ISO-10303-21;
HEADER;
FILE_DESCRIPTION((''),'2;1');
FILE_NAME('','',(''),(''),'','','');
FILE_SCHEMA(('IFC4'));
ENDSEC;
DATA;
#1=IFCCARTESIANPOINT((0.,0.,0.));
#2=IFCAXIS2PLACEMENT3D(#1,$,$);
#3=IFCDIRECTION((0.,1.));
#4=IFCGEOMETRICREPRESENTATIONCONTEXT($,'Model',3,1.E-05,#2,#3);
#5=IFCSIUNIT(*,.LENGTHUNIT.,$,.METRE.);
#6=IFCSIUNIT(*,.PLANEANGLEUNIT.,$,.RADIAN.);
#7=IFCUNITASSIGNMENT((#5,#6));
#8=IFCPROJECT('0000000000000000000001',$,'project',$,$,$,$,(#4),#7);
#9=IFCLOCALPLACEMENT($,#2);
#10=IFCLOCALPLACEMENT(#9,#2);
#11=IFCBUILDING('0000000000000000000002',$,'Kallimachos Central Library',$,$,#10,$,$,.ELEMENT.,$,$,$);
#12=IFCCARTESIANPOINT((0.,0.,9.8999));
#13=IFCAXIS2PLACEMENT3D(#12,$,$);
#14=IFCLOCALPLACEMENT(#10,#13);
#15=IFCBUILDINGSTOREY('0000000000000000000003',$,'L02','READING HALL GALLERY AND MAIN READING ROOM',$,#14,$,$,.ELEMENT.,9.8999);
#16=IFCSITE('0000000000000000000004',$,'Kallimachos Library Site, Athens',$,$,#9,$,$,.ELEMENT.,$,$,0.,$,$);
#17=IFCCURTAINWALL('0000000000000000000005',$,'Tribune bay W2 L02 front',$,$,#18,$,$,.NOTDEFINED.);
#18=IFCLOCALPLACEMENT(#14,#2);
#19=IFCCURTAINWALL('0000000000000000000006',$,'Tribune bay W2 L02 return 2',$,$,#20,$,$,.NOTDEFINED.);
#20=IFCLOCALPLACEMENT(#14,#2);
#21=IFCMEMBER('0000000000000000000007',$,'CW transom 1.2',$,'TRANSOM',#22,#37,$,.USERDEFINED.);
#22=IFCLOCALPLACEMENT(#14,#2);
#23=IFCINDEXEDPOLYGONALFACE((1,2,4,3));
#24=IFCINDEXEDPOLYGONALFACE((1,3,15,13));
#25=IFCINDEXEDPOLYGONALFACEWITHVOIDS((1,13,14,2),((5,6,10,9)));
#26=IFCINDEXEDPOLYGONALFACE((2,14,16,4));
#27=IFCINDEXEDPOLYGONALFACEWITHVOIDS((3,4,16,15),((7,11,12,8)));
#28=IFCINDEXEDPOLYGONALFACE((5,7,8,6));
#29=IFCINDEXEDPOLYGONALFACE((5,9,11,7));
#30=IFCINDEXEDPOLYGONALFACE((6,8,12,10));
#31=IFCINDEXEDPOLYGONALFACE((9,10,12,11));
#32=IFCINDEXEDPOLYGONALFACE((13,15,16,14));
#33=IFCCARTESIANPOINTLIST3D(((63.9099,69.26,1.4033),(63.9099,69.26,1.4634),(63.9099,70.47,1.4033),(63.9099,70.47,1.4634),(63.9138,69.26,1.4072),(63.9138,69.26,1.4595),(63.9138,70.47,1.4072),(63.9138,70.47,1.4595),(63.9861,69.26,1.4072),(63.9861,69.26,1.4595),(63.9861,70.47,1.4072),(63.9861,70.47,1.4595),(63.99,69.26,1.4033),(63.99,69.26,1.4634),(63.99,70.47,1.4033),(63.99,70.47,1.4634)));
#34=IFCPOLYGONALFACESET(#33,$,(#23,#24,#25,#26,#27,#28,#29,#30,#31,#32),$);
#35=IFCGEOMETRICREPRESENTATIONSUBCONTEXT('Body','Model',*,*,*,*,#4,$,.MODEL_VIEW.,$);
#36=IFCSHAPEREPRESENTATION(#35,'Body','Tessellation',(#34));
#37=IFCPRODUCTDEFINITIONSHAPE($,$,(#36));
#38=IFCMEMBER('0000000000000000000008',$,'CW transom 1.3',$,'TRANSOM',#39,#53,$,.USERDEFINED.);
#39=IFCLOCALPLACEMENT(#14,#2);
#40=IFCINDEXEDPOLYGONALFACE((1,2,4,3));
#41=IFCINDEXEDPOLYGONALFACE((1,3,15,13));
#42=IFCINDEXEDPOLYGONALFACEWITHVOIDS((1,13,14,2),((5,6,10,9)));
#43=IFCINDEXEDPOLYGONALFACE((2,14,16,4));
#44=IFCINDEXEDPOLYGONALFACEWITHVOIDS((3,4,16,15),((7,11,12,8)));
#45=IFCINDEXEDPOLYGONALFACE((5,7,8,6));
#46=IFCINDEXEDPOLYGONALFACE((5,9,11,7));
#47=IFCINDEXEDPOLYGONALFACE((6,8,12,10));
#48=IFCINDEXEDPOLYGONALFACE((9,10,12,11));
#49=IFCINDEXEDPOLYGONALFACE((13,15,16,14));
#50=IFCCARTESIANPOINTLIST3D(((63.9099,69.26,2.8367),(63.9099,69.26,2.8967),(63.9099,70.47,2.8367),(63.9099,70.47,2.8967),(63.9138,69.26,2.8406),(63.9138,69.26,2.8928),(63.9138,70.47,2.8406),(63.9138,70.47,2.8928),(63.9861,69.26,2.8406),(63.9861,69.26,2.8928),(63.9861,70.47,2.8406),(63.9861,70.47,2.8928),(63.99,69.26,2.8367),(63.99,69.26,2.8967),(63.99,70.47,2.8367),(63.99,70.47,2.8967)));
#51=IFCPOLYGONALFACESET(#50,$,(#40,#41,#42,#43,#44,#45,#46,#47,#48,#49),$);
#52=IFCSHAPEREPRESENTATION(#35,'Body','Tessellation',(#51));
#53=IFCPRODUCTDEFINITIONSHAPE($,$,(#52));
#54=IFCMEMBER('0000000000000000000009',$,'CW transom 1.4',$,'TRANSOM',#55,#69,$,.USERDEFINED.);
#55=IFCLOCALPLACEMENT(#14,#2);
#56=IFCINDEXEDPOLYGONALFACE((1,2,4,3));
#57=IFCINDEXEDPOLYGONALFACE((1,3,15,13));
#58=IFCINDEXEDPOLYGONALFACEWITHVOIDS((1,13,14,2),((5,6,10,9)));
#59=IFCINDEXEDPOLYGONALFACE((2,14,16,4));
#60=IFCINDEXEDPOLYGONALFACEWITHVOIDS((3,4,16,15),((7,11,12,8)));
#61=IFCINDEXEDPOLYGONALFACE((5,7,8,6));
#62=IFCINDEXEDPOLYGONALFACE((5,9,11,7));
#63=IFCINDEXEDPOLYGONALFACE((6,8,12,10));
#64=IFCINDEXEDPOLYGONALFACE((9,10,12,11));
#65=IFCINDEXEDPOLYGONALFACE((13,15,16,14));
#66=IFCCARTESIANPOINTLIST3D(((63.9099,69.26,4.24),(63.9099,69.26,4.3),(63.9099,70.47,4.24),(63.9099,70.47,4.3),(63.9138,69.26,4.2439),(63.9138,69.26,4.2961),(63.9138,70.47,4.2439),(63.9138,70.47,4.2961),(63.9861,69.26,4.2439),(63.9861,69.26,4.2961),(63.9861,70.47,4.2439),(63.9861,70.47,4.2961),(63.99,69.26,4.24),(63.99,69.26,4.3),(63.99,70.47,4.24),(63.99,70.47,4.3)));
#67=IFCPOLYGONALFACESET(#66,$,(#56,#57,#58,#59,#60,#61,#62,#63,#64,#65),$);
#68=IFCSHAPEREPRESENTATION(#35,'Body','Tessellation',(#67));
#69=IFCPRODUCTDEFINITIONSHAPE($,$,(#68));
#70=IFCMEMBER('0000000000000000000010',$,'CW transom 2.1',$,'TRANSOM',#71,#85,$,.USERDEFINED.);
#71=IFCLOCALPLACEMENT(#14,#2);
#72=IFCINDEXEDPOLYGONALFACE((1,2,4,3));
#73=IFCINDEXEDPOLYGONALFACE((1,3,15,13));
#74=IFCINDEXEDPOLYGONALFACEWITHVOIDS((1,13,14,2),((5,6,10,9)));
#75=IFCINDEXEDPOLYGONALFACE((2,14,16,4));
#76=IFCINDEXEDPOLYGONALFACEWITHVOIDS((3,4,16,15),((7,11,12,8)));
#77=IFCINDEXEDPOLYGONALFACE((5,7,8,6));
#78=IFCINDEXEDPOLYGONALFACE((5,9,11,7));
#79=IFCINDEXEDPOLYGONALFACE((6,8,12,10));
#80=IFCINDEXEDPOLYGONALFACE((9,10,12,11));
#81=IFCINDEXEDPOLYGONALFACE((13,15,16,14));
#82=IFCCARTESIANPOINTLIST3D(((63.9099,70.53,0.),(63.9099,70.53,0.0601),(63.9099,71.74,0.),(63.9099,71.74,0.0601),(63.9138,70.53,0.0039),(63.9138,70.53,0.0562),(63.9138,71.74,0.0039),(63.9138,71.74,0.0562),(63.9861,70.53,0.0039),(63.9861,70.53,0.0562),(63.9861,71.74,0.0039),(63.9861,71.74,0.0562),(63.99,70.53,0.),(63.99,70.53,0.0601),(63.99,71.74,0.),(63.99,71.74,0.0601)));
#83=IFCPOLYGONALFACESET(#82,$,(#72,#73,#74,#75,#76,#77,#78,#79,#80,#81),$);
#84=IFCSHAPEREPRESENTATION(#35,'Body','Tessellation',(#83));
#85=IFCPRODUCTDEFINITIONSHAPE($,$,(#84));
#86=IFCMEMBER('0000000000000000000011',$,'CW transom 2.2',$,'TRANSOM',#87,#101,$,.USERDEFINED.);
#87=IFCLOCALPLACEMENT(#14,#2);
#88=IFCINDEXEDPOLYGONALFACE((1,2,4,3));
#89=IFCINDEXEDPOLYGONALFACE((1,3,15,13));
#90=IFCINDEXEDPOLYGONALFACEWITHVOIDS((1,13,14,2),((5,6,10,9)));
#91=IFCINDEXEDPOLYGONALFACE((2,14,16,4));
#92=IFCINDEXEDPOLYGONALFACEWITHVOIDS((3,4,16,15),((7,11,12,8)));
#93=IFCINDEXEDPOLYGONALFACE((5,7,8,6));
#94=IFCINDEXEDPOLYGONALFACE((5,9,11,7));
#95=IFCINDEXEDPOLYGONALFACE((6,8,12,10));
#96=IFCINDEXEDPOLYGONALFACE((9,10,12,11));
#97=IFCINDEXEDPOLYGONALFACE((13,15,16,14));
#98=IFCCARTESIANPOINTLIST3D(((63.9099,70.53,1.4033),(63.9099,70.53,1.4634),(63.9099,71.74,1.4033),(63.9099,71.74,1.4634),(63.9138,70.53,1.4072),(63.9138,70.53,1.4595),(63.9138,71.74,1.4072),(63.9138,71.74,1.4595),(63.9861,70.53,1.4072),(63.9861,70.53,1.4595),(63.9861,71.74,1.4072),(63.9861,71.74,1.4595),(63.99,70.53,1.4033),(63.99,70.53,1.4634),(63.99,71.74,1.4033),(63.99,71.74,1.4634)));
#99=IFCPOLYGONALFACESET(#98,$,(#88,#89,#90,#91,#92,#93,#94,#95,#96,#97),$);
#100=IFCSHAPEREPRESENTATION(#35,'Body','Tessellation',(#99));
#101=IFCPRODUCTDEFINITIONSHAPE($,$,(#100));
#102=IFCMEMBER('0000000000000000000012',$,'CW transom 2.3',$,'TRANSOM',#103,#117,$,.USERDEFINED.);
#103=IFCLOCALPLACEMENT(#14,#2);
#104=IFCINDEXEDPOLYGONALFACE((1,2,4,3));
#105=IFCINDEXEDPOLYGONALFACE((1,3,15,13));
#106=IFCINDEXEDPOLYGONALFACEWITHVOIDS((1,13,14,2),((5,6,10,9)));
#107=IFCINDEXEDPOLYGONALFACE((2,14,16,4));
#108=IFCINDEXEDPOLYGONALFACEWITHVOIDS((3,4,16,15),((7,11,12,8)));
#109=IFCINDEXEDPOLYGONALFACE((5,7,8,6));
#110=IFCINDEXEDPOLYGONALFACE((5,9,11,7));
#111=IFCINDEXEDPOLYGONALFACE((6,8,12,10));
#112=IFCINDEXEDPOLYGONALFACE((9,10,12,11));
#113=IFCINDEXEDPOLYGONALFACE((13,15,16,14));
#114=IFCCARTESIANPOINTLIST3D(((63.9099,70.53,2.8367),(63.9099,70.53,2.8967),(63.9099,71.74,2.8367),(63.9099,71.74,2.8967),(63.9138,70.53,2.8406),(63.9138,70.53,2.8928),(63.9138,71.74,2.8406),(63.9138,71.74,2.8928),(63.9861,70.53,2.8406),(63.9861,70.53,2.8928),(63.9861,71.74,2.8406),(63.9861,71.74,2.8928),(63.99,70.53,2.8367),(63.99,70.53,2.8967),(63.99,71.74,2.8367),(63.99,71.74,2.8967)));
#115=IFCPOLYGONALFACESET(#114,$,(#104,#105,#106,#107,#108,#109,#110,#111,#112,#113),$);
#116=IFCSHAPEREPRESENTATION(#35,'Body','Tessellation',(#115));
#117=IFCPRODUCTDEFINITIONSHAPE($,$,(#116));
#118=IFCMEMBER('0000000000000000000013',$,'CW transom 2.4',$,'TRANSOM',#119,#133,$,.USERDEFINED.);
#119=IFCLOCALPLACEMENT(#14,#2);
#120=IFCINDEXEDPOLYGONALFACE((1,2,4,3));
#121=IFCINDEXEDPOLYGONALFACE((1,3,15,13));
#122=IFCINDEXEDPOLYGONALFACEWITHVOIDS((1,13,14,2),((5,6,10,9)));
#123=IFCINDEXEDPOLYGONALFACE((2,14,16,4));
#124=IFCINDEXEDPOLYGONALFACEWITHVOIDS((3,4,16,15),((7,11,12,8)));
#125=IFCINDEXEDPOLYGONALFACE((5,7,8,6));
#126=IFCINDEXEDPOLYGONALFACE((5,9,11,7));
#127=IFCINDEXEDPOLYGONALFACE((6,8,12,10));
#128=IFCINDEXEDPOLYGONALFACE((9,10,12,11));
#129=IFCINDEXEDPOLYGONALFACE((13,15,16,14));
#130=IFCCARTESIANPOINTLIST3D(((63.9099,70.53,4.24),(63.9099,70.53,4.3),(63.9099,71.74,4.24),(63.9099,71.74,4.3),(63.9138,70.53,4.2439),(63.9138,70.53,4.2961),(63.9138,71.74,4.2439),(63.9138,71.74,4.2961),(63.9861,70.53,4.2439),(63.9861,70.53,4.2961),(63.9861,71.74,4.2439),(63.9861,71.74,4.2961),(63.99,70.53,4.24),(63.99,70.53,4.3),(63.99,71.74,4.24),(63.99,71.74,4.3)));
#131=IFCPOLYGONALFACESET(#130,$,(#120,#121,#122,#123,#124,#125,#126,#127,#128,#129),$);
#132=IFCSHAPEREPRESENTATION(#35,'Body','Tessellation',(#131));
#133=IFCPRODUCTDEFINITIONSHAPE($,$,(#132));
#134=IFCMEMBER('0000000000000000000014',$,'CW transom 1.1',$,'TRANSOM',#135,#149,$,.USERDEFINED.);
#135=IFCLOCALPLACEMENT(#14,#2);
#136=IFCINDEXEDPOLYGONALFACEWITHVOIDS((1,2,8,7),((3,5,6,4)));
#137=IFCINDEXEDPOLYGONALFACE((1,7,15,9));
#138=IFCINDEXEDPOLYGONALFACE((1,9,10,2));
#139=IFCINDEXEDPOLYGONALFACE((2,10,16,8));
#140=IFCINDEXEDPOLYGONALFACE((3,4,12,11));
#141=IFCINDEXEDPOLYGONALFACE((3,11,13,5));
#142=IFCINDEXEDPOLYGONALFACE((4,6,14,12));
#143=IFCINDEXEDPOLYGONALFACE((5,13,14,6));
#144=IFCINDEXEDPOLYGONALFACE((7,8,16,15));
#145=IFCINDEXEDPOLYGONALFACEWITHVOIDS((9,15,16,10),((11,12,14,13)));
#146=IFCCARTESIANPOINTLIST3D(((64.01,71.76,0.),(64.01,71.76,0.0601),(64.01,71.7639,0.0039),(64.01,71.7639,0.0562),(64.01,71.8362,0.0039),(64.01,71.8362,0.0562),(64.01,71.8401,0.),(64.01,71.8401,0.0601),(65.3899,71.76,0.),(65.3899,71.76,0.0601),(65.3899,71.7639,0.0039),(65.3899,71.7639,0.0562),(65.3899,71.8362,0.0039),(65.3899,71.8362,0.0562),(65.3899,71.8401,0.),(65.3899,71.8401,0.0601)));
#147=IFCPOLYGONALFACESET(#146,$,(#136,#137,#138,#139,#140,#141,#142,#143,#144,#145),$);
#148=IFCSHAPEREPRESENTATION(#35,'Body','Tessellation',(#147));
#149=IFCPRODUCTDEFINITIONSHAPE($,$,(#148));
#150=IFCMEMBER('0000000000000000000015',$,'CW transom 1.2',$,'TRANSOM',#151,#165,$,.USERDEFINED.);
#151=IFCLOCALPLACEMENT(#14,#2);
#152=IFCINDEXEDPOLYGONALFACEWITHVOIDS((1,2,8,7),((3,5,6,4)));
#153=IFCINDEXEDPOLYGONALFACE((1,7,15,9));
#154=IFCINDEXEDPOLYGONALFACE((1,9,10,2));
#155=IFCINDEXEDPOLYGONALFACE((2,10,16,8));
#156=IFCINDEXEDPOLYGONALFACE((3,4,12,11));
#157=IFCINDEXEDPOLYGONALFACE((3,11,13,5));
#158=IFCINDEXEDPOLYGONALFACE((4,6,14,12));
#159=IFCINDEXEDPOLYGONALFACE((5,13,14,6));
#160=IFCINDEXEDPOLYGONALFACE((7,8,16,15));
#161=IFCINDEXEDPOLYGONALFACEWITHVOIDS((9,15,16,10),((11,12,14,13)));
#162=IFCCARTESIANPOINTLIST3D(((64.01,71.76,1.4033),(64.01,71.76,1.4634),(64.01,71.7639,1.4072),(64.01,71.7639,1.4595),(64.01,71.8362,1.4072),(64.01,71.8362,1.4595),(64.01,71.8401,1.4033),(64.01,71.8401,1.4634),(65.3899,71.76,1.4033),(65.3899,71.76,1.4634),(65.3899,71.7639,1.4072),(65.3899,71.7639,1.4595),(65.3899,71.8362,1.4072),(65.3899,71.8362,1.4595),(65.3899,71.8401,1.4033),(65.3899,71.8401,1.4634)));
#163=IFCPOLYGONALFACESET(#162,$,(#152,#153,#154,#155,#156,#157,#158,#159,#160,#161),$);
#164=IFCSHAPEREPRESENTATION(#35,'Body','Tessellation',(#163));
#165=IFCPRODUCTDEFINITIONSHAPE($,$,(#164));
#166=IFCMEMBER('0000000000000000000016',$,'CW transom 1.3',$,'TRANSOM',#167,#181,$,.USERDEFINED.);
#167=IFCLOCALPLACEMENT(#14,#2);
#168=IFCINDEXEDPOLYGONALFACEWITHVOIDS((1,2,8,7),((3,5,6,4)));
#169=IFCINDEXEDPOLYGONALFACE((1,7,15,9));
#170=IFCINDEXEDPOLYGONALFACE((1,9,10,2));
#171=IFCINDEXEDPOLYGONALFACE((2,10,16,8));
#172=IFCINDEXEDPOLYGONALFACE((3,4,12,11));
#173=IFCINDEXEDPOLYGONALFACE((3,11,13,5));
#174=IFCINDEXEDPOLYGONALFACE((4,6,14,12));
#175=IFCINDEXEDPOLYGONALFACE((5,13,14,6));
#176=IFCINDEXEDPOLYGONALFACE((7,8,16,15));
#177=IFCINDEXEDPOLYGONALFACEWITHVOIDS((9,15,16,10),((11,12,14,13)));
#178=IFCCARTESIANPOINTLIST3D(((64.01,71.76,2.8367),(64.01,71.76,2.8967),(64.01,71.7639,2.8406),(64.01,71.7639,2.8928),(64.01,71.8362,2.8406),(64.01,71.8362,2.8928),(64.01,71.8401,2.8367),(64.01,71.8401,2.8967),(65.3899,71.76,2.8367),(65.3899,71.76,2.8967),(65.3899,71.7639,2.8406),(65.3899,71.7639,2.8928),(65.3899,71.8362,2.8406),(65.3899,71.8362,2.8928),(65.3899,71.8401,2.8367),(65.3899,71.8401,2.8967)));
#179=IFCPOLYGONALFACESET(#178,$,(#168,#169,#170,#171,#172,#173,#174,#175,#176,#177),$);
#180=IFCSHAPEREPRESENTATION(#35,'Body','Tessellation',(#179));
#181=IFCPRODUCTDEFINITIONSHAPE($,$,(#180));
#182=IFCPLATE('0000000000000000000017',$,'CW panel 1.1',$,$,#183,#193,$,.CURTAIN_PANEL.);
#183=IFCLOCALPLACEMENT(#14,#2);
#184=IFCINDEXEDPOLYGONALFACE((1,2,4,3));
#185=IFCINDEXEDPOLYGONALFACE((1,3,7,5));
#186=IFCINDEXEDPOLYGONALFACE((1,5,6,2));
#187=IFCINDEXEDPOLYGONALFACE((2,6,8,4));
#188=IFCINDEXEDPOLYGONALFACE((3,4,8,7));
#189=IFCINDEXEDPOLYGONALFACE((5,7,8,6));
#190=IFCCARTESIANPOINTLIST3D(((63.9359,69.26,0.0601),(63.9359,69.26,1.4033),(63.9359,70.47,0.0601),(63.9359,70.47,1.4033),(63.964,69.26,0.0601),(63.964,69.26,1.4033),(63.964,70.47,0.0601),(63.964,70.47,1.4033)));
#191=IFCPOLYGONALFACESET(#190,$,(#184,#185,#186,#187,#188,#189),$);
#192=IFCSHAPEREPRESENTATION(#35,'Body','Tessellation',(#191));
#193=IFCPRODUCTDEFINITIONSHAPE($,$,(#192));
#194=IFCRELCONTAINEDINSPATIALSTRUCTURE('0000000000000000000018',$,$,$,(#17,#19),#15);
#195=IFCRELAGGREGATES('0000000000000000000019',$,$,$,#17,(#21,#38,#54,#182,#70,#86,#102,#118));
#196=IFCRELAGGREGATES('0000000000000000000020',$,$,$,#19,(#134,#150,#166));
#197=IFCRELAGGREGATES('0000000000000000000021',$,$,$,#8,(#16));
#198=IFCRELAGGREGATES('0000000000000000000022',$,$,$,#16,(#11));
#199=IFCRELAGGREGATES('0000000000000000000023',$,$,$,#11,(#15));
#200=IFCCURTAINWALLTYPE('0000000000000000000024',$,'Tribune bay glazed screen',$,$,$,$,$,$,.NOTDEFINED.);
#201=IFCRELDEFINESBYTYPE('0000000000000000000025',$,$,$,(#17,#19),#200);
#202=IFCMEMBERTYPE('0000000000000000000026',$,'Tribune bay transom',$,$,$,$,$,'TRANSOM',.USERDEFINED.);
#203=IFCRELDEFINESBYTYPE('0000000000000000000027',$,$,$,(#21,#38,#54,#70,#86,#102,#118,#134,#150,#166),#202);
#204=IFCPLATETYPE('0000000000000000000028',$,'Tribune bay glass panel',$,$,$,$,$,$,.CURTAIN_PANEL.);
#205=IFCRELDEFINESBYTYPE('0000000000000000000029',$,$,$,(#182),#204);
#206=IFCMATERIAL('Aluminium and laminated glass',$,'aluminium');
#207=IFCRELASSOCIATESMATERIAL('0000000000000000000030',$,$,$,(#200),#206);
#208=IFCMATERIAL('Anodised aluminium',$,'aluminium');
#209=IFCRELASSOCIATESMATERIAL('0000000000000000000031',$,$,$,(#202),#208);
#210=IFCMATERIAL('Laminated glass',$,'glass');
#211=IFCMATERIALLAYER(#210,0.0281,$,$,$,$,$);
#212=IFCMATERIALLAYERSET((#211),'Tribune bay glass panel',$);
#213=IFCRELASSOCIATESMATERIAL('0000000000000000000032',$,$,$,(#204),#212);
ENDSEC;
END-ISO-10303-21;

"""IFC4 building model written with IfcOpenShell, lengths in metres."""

from ifc_helpers import new_model, si_unit, direction, frame, origin, origin_2d, place, context, subcontext, project, spatial, rectangle, hollow_rectangle, extrude, material, layer, layer_set, material_profile, profile_set, type_object, element, aggregate, save


model = new_model("IFC4")

# Units and contexts
model_context = context("Model", 3, precision=1e-05, world=origin(), true_north=direction((0.0, 1.0)))
body_context = subcontext(model_context, "Body", "Model", "MODEL_VIEW")
ifc_project = project(units=[si_unit("LENGTHUNIT", "METRE"), si_unit("PLANEANGLEUNIT", "RADIAN")], contexts=[model_context])

# Site, building, storey
site_placement = place(None, origin())
site = spatial("IfcSite", under=ifc_project, at=site_placement, Name="Kallimachos Library Site, Athens", CompositionType="ELEMENT", RefElevation=0.0)
building_placement = place(site_placement, origin())
building = spatial("IfcBuilding", under=site, at=building_placement, Name="Kallimachos Central Library", CompositionType="ELEMENT")
storey_placement = place(building_placement, frame((0.0, 0.0, 9.8999)))
storey = spatial("IfcBuildingStorey", under=building, at=storey_placement, Name="L02", Description="READING HALL GALLERY AND MAIN READING ROOM", CompositionType="ELEMENT", Elevation=9.8999)

# Curtain wall
ifc_material_1 = material(Name="Aluminium and laminated glass", Category="aluminium")
curtain_wall_type = type_object("IfcCurtainWallType", Name="Tribune bay glazed screen", PredefinedType="NOTDEFINED", material=ifc_material_1)
curtain_wall_1_placement = place(storey_placement, origin())
curtain_wall_1 = element("IfcCurtainWall", 1, at=curtain_wall_1_placement, inside=storey, type_object=curtain_wall_type, Name="Tribune bay W2 L02 front", PredefinedType="NOTDEFINED")

# Curtain wall
curtain_wall_2_placement = place(storey_placement, origin())
curtain_wall_2 = element("IfcCurtainWall", 2, at=curtain_wall_2_placement, inside=storey, type_object=curtain_wall_type, Name="Tribune bay W2 L02 return 2", PredefinedType="NOTDEFINED")

# Members
ifc_material_2 = material(Name="Anodised aluminium", Category="aluminium")
ifc_material_profile_1 = material_profile(ifc_material_2, hollow_rectangle(XDim=0.0601, YDim=0.0801, WallThickness=0.0039, at=origin_2d()), Name="ALU TRANSOM 60x80")
ifc_profile_set_1 = profile_set([ifc_material_profile_1], Name="Anodised aluminium")
member_type_1 = type_object("IfcMemberType", Name="Tribune bay transom", ElementType="TRANSOM", PredefinedType="USERDEFINED", material=ifc_profile_set_1)
member_1_placement = place(storey_placement, frame((63.95, 69.26, 1.4333), z_axis=(0.0, 1.0, 0.0), x_axis=(0.0, 0.0, 1.0)))
member_1 = element("IfcMember", 3, at=member_1_placement, type_object=member_type_1, Name="CW transom 1.2", ObjectType="TRANSOM", PredefinedType="USERDEFINED", context=body_context, shape_type="SweptSolid", body=[
    extrude(hollow_rectangle(XDim=0.0601, YDim=0.0801, WallThickness=0.0039, at=origin_2d()), origin(), (0.0, 0.0, 1.0), 1.21),
])
member_2_placement = place(storey_placement, frame((63.95, 69.26, 2.8667), z_axis=(0.0, 1.0, 0.0), x_axis=(0.0, 0.0, 1.0)))
member_2 = element("IfcMember", 4, at=member_2_placement, type_object=member_type_1, Name="CW transom 1.3", ObjectType="TRANSOM", PredefinedType="USERDEFINED", context=body_context, shape_type="SweptSolid", body=[
    extrude(hollow_rectangle(XDim=0.0601, YDim=0.0801, WallThickness=0.0039, at=origin_2d()), origin(), (0.0, 0.0, 1.0), 1.21),
])
member_3_placement = place(storey_placement, frame((63.95, 69.26, 4.27), z_axis=(0.0, 1.0, 0.0), x_axis=(0.0, 0.0, 1.0)))
member_3 = element("IfcMember", 5, at=member_3_placement, type_object=member_type_1, Name="CW transom 1.4", ObjectType="TRANSOM", PredefinedType="USERDEFINED", context=body_context, shape_type="SweptSolid", body=[
    extrude(hollow_rectangle(XDim=0.0601, YDim=0.0801, WallThickness=0.0039, at=origin_2d()), origin(), (0.0, 0.0, 1.0), 1.21),
])
member_4_placement = place(storey_placement, frame((63.95, 70.53, 0.03), z_axis=(0.0, 1.0, 0.0), x_axis=(0.0, 0.0, 1.0)))
member_4 = element("IfcMember", 6, at=member_4_placement, type_object=member_type_1, Name="CW transom 2.1", ObjectType="TRANSOM", PredefinedType="USERDEFINED", context=body_context, shape_type="SweptSolid", body=[
    extrude(hollow_rectangle(XDim=0.0601, YDim=0.0801, WallThickness=0.0039, at=origin_2d()), origin(), (0.0, 0.0, 1.0), 1.21),
])
member_5_placement = place(storey_placement, frame((63.95, 70.53, 1.4333), z_axis=(0.0, 1.0, 0.0), x_axis=(0.0, 0.0, 1.0)))
member_5 = element("IfcMember", 7, at=member_5_placement, type_object=member_type_1, Name="CW transom 2.2", ObjectType="TRANSOM", PredefinedType="USERDEFINED", context=body_context, shape_type="SweptSolid", body=[
    extrude(hollow_rectangle(XDim=0.0601, YDim=0.0801, WallThickness=0.0039, at=origin_2d()), origin(), (0.0, 0.0, 1.0), 1.21),
])
member_6_placement = place(storey_placement, frame((63.95, 70.53, 2.8667), z_axis=(0.0, 1.0, 0.0), x_axis=(0.0, 0.0, 1.0)))
member_6 = element("IfcMember", 8, at=member_6_placement, type_object=member_type_1, Name="CW transom 2.3", ObjectType="TRANSOM", PredefinedType="USERDEFINED", context=body_context, shape_type="SweptSolid", body=[
    extrude(hollow_rectangle(XDim=0.0601, YDim=0.0801, WallThickness=0.0039, at=origin_2d()), origin(), (0.0, 0.0, 1.0), 1.21),
])
member_7_placement = place(storey_placement, frame((63.95, 70.53, 4.27), z_axis=(0.0, 1.0, 0.0), x_axis=(0.0, 0.0, 1.0)))
member_7 = element("IfcMember", 9, at=member_7_placement, type_object=member_type_1, Name="CW transom 2.4", ObjectType="TRANSOM", PredefinedType="USERDEFINED", context=body_context, shape_type="SweptSolid", body=[
    extrude(hollow_rectangle(XDim=0.0601, YDim=0.0801, WallThickness=0.0039, at=origin_2d()), origin(), (0.0, 0.0, 1.0), 1.21),
])
member_8_placement = place(storey_placement, frame((65.3899, 71.8, 0.03), z_axis=(-1.0, 0.0, 0.0), x_axis=(0.0, 0.0, 1.0)))
member_8 = element("IfcMember", 10, at=member_8_placement, type_object=member_type_1, Name="CW transom 1.1", ObjectType="TRANSOM", PredefinedType="USERDEFINED", context=body_context, shape_type="SweptSolid", body=[
    extrude(hollow_rectangle(XDim=0.0601, YDim=0.0801, WallThickness=0.0039, at=origin_2d()), origin(), (0.0, 0.0, 1.0), 1.3799),
])
member_9_placement = place(storey_placement, frame((65.3899, 71.8, 1.4333), z_axis=(-1.0, 0.0, 0.0), x_axis=(0.0, 0.0, 1.0)))
member_9 = element("IfcMember", 11, at=member_9_placement, type_object=member_type_1, Name="CW transom 1.2", ObjectType="TRANSOM", PredefinedType="USERDEFINED", context=body_context, shape_type="SweptSolid", body=[
    extrude(hollow_rectangle(XDim=0.0601, YDim=0.0801, WallThickness=0.0039, at=origin_2d()), origin(), (0.0, 0.0, 1.0), 1.3799),
])
member_10_placement = place(storey_placement, frame((65.3899, 71.8, 2.8667), z_axis=(-1.0, 0.0, 0.0), x_axis=(0.0, 0.0, 1.0)))
member_10 = element("IfcMember", 12, at=member_10_placement, type_object=member_type_1, Name="CW transom 1.3", ObjectType="TRANSOM", PredefinedType="USERDEFINED", context=body_context, shape_type="SweptSolid", body=[
    extrude(hollow_rectangle(XDim=0.0601, YDim=0.0801, WallThickness=0.0039, at=origin_2d()), origin(), (0.0, 0.0, 1.0), 1.3799),
])

# Plate
ifc_material_3 = material(Name="Laminated glass", Category="glass")
ifc_layer = layer(ifc_material_3, 0.0281)
ifc_layer_set = layer_set([ifc_layer], Name="Tribune bay glass panel")
plate_type = type_object("IfcPlateType", Name="Tribune bay glass panel", PredefinedType="CURTAIN_PANEL", material=ifc_layer_set)
plate_1_placement = place(storey_placement, frame((63.95, 69.865, 0.0601), z_axis=(0.0, 0.0, 1.0), x_axis=(0.0, 1.0, 0.0)))
plate_1 = element("IfcPlate", 13, at=plate_1_placement, type_object=plate_type, Name="CW panel 1.1", PredefinedType="CURTAIN_PANEL", context=body_context, shape_type="SweptSolid", body=[
    extrude(rectangle(XDim=1.21, YDim=0.0281, at=origin_2d()), origin(), (0.0, 0.0, 1.0), 1.3433),
])
aggregate(curtain_wall_1, [member_1, member_2, member_3, plate_1, member_4, member_5, member_6, member_7])
aggregate(curtain_wall_2, [member_8, member_9, member_10])

save(model, "model.ifc")
